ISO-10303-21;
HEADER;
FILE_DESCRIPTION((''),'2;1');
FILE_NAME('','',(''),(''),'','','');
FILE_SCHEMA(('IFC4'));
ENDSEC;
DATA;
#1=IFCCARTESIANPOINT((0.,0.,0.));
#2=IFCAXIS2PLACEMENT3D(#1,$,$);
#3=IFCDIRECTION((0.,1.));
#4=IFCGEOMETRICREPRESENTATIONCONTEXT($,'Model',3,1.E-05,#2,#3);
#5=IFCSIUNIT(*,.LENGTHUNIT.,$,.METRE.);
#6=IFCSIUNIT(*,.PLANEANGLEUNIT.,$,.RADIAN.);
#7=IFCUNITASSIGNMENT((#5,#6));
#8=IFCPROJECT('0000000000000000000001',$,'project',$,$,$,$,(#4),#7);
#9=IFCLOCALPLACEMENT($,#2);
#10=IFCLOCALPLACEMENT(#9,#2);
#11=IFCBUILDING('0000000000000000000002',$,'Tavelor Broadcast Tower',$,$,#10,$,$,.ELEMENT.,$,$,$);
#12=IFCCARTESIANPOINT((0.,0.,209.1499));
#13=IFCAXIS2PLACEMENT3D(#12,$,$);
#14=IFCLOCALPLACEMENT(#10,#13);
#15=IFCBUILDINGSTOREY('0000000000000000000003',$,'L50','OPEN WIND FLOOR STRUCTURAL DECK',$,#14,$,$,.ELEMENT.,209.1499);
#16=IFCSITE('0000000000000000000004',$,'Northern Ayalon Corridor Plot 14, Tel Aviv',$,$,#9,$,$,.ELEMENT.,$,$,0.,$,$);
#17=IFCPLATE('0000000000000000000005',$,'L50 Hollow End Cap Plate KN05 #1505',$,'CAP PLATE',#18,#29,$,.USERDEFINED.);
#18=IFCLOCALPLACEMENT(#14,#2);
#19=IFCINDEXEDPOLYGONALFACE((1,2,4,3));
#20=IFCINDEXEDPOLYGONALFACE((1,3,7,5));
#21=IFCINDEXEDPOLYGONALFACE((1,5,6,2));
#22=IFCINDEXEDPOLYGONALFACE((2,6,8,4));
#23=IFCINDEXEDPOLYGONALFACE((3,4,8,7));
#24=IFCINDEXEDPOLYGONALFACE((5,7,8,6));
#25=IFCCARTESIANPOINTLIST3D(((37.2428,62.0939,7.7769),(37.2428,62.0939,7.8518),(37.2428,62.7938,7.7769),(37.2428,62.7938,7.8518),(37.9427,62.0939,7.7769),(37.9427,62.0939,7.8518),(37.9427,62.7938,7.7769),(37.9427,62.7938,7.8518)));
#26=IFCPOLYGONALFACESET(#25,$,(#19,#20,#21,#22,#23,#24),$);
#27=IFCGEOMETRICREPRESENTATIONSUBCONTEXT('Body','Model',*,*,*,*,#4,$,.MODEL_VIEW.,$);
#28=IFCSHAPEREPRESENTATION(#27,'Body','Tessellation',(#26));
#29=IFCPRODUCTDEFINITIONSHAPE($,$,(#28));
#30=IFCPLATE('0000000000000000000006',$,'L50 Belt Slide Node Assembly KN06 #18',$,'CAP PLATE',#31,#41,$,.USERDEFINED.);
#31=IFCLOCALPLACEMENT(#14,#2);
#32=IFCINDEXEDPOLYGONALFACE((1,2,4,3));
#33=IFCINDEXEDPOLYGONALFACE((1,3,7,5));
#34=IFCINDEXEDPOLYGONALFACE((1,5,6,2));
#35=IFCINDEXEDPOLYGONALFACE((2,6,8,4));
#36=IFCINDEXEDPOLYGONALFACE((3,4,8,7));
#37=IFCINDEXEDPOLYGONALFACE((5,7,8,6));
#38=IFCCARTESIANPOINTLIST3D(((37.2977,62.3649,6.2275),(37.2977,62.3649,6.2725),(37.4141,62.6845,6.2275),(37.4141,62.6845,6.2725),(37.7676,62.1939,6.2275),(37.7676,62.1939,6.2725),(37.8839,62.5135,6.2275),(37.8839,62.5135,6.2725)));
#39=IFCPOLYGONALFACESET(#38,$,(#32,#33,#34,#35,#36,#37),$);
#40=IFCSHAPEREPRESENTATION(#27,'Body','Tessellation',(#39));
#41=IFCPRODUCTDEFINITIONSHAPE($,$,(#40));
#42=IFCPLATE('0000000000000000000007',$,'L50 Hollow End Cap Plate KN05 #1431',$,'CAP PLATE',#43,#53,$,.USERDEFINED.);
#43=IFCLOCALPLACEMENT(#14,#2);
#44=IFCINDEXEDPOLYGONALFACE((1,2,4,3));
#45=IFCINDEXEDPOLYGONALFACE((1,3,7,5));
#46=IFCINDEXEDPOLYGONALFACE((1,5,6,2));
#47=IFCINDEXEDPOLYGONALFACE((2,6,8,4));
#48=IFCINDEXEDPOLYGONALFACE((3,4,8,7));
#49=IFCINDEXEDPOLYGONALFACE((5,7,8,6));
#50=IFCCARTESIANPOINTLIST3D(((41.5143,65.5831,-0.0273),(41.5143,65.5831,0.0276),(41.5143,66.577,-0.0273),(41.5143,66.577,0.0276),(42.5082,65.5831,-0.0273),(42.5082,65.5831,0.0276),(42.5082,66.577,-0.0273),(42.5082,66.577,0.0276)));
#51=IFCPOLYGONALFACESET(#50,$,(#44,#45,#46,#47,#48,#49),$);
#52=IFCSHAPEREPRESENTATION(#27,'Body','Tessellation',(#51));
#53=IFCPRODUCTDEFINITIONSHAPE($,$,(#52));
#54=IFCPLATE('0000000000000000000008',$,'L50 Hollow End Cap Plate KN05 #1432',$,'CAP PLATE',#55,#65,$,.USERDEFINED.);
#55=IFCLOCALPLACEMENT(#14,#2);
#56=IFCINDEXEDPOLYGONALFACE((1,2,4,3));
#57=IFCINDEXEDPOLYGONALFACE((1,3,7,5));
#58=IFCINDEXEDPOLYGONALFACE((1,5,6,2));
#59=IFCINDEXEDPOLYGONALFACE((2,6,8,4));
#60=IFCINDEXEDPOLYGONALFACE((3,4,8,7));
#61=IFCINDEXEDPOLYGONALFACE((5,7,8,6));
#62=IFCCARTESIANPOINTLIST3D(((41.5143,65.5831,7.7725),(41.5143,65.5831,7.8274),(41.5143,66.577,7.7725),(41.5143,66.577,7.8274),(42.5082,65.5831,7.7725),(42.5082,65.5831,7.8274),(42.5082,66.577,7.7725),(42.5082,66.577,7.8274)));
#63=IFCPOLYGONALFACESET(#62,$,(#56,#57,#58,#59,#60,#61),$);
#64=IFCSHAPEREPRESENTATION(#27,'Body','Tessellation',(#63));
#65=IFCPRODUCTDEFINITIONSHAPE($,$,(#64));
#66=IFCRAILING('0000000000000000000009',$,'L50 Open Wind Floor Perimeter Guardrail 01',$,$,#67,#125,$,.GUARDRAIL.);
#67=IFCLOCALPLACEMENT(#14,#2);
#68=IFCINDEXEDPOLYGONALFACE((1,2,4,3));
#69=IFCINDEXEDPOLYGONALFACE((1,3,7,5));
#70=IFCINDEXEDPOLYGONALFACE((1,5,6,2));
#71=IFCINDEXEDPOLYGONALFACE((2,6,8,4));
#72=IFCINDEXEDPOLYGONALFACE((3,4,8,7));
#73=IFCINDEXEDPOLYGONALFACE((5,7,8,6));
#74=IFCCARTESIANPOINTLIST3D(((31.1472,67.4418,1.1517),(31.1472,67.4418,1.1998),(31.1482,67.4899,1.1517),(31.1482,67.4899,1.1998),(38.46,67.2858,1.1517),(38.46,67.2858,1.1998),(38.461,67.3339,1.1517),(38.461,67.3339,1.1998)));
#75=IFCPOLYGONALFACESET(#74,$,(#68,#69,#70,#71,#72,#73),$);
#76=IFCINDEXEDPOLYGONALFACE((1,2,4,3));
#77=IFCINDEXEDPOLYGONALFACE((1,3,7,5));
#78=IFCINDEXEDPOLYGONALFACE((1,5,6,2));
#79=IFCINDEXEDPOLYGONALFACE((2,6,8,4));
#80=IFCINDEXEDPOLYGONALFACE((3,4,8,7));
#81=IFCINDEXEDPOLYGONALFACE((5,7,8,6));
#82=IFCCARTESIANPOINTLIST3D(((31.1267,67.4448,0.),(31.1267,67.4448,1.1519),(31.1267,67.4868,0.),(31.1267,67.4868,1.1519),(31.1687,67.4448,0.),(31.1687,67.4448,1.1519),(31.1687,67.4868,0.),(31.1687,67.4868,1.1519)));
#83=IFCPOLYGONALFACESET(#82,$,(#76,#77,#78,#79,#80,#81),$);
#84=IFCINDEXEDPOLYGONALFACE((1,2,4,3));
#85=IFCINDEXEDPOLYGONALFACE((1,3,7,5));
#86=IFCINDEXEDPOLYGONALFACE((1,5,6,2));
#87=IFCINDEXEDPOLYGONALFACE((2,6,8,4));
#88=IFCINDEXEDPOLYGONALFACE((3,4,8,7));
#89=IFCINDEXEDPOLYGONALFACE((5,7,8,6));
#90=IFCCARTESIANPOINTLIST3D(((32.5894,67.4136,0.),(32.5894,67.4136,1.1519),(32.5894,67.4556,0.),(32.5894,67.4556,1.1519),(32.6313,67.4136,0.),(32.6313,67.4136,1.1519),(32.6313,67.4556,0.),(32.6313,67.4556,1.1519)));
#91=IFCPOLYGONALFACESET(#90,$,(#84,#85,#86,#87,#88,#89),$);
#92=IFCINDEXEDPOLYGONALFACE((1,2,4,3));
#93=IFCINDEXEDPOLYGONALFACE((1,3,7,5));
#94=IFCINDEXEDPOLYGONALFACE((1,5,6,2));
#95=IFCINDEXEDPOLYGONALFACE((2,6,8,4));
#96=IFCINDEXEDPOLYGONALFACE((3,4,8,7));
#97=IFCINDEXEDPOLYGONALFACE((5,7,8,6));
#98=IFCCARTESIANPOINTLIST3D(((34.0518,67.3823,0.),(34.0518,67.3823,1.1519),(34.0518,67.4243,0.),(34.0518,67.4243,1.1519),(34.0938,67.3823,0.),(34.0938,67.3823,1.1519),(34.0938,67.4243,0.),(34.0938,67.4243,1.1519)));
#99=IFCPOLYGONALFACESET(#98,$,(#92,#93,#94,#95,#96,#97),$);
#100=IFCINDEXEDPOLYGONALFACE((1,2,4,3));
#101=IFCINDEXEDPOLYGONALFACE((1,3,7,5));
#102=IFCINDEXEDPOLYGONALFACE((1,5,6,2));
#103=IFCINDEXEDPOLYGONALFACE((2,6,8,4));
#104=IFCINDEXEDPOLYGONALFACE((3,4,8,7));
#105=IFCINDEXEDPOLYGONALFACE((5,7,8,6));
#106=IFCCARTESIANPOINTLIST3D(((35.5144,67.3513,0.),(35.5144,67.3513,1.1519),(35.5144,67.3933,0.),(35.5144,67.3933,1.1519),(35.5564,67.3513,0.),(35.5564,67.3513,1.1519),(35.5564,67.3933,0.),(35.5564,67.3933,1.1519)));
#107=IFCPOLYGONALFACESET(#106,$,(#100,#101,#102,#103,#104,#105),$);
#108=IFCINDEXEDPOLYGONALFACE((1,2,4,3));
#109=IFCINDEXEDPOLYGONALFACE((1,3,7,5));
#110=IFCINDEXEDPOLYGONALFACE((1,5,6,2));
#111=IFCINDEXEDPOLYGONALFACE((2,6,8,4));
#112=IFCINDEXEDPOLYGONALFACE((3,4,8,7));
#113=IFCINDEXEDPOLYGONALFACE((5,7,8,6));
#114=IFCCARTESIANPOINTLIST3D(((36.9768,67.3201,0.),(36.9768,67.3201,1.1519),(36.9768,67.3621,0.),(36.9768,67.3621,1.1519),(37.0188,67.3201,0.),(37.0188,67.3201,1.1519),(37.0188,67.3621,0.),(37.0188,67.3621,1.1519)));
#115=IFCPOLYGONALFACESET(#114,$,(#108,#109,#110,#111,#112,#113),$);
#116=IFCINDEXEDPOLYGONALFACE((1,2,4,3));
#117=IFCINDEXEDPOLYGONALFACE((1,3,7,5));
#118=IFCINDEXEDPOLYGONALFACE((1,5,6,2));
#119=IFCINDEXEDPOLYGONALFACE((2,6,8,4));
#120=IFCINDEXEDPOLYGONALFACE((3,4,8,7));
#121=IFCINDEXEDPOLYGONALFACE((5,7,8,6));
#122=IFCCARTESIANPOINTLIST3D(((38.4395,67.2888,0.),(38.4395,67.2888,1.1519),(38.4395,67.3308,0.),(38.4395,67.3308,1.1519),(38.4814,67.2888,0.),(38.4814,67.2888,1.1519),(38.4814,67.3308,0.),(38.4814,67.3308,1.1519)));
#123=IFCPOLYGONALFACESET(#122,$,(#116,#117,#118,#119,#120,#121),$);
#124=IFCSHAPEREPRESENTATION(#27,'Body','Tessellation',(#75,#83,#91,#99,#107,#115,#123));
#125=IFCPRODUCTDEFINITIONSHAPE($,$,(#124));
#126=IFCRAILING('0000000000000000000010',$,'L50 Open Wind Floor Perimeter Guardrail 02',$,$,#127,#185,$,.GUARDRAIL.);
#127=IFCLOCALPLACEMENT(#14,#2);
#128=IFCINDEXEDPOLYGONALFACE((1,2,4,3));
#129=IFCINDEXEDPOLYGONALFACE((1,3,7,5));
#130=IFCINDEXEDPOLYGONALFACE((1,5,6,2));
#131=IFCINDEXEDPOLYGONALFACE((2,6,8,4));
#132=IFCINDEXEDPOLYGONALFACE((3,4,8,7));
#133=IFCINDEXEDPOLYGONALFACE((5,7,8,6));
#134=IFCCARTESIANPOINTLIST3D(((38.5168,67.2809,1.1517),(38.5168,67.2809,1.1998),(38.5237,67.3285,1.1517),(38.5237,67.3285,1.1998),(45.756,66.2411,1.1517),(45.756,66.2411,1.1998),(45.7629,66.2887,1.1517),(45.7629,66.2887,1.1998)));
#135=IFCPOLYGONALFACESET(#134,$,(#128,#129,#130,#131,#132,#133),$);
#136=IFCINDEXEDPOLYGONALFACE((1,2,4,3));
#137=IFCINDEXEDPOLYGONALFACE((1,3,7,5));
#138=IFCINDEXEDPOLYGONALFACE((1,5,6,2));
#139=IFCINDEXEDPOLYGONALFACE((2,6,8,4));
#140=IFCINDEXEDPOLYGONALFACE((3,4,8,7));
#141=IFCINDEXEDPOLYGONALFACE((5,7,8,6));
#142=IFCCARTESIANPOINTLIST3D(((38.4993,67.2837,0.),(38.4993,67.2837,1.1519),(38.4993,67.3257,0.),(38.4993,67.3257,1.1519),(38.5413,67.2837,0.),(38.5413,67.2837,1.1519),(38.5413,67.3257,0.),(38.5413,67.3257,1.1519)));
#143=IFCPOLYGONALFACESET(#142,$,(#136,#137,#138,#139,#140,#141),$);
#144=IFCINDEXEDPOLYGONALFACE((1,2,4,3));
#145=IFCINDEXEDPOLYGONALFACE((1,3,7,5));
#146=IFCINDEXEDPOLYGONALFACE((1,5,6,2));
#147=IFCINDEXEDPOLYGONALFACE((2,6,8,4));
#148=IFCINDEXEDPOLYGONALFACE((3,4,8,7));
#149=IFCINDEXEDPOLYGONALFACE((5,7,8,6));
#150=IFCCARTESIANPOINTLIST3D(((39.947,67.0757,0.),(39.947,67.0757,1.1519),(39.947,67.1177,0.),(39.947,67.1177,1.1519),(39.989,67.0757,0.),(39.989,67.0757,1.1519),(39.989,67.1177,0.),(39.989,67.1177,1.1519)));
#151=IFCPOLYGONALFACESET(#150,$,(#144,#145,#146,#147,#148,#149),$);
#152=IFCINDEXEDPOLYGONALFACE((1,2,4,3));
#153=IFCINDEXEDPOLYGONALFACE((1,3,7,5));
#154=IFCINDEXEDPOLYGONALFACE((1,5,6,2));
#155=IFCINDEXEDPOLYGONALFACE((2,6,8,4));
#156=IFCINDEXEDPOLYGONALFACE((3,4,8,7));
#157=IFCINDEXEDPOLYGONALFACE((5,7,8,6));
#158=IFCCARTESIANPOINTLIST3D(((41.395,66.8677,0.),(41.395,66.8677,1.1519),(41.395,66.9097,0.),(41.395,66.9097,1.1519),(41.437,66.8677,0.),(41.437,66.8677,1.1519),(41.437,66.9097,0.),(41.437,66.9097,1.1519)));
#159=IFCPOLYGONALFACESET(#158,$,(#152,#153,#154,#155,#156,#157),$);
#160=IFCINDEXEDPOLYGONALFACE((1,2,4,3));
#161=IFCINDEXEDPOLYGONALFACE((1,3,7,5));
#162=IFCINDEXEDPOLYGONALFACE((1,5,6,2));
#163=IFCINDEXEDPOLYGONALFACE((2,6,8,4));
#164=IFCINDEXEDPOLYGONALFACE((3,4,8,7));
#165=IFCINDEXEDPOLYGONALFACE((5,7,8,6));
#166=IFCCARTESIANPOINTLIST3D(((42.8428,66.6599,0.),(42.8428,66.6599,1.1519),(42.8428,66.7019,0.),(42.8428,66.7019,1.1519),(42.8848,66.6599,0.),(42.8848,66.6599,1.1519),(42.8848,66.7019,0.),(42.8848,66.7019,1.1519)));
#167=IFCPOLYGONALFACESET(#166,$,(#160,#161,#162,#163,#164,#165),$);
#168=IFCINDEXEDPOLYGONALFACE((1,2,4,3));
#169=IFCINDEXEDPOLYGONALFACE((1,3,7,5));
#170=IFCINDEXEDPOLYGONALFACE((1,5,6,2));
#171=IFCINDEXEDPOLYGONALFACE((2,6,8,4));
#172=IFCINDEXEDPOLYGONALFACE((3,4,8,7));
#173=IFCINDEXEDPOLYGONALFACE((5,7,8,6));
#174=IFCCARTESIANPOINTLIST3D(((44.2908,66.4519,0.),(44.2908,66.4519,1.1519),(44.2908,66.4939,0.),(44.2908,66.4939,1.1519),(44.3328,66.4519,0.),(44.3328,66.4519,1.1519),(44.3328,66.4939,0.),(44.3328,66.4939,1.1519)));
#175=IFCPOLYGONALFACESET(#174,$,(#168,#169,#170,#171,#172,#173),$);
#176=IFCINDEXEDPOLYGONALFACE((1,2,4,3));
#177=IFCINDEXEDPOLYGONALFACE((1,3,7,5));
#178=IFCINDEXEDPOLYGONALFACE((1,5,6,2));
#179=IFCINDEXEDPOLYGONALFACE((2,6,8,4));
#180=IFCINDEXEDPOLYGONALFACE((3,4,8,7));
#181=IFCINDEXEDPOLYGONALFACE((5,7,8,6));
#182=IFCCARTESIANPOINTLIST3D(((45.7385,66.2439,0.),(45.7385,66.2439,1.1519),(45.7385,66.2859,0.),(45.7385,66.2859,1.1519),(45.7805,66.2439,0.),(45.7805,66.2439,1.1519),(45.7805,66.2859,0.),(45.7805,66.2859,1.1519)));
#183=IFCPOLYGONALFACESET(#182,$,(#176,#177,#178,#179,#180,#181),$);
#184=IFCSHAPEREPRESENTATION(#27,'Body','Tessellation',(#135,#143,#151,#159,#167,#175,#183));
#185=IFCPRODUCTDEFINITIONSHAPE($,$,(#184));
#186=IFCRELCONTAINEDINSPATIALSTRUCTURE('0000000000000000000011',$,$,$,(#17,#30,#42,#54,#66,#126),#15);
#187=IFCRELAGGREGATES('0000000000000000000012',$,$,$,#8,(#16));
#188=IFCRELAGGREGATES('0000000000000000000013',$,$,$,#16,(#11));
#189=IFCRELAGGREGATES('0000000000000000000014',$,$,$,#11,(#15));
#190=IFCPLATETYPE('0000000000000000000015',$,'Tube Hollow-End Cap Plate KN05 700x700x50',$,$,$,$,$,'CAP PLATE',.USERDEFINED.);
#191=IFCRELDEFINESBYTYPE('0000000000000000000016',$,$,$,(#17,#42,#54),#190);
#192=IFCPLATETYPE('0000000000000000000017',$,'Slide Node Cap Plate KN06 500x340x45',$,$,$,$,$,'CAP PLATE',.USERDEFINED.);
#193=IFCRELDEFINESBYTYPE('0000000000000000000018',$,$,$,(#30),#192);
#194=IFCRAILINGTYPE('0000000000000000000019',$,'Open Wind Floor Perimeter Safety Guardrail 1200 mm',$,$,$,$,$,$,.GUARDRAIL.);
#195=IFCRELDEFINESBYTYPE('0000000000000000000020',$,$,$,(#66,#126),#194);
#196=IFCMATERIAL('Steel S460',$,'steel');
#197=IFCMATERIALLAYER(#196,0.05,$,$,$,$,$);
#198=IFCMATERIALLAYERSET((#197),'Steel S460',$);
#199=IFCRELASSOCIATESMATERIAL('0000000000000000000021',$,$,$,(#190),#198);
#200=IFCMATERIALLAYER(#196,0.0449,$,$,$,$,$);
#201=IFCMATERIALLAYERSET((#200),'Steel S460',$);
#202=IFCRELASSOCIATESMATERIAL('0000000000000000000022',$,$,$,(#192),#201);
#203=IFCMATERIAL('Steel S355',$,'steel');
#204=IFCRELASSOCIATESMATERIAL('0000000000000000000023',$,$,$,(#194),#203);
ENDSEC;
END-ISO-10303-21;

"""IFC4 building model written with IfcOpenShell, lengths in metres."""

from ifc_helpers import new_model, si_unit, direction, frame, origin, origin_2d, place, context, subcontext, project, spatial, rectangle, extrude, source, transform, mapped, material, layer, layer_set, type_object, type_shapes, element, save


model = new_model("IFC4")

# Units and contexts
model_context = context("Model", 3, precision=1e-05, world=origin(), true_north=direction((0.0, 1.0)))
body_context = subcontext(model_context, "Body", "Model", "MODEL_VIEW")
ifc_project = project(units=[si_unit("LENGTHUNIT", "METRE"), si_unit("PLANEANGLEUNIT", "RADIAN")], contexts=[model_context])

# Site, building, storey
site_placement = place(None, origin())
site = spatial("IfcSite", under=ifc_project, at=site_placement, Name="Northern Ayalon Corridor Plot 14, Tel Aviv", CompositionType="ELEMENT", RefElevation=0.0)
building_placement = place(site_placement, origin())
building = spatial("IfcBuilding", under=site, at=building_placement, Name="Tavelor Broadcast Tower", CompositionType="ELEMENT")
storey_placement = place(building_placement, frame((0.0, 0.0, 209.1499)))
storey = spatial("IfcBuildingStorey", under=building, at=storey_placement, Name="L50", Description="OPEN WIND FLOOR STRUCTURAL DECK", CompositionType="ELEMENT", Elevation=209.1499)

# Shared definitions
ifc_material_1 = material(Name="Steel S460", Category="steel")

# Plates
ifc_layer_1 = layer(ifc_material_1, 0.05)
ifc_layer_set_1 = layer_set([ifc_layer_1], Name="Steel S460")
plate_type_1 = type_object("IfcPlateType", Name="Tube Hollow-End Cap Plate KN05 700x700x50", ElementType="CAP PLATE", PredefinedType="USERDEFINED", material=ifc_layer_set_1)
shared_shape_1 = source(origin(), body_context, "Body", "SweptSolid", [
    extrude(rectangle(XDim=0.7, YDim=0.7, at=origin_2d()), origin(), (0.0, 0.0, 1.0), 0.075),
])
for number, where, z_axis, x_axis, name in (
    (1, (37.5928, 62.4438, 7.7769), (0.0, 0.0, 1.0), (1.0, 0.0, 0.0), "L50 Hollow End Cap Plate KN05 #1505"),
):
    element("IfcPlate", number, at=place(storey_placement, frame(where, z_axis=z_axis, x_axis=x_axis)), inside=storey, type_object=plate_type_1, Name=name, ObjectType="CAP PLATE", PredefinedType="USERDEFINED", context=body_context, shape_type="MappedRepresentation", body=[
        mapped(shared_shape_1, transform((0.0, 0.0, 0.0), scale=1.0)),
    ])
ifc_layer_2 = layer(ifc_material_1, 0.0449)
ifc_layer_set_2 = layer_set([ifc_layer_2], Name="Steel S460")
plate_type_2 = type_object("IfcPlateType", Name="Slide Node Cap Plate KN06 500x340x45", ElementType="CAP PLATE", PredefinedType="USERDEFINED", material=ifc_layer_set_2)
shared_shape_2 = source(origin(), body_context, "Body", "SweptSolid", [
    extrude(rectangle(XDim=0.5, YDim=0.3401, at=origin_2d()), origin(), (0.0, 0.0, 1.0), 0.0449),
])
type_shapes(plate_type_2, [shared_shape_2])
plate_placement = place(storey_placement, frame((37.5908, 62.4392, 6.2275), z_axis=(0.0, 0.0, 1.0), x_axis=(0.939693, -0.34202, 0.0)))
element("IfcPlate", 2, at=plate_placement, inside=storey, type_object=plate_type_2, Name="L50 Belt Slide Node Assembly KN06 #18", ObjectType="CAP PLATE", PredefinedType="USERDEFINED", context=body_context, shape_type="MappedRepresentation", body=[
    mapped(shared_shape_2, transform((0.0, 0.0, 0.0), scale=1.0)),
])
shared_shape_3 = source(origin(), body_context, "Body", "SweptSolid", [
    extrude(rectangle(XDim=0.9939, YDim=0.9939, at=origin_2d()), origin(), (0.0, 0.0, 1.0), 0.0549),
])
for number, where, z_axis, x_axis, name in (
    (3, (42.0112, 66.0801, -0.0273), (0.0, 0.0, 1.0), (1.0, 0.0, 0.0), "L50 Hollow End Cap Plate KN05 #1431"),
    (4, (42.0112, 66.0801, 7.7725), (0.0, 0.0, 1.0), (1.0, 0.0, 0.0), "L50 Hollow End Cap Plate KN05 #1432"),
):
    element("IfcPlate", number, at=place(storey_placement, frame(where, z_axis=z_axis, x_axis=x_axis)), inside=storey, type_object=plate_type_1, Name=name, ObjectType="CAP PLATE", PredefinedType="USERDEFINED", context=body_context, shape_type="MappedRepresentation", body=[
        mapped(shared_shape_3, transform((0.0, 0.0, 0.0), scale=1.0)),
    ])

# Railings
ifc_material_2 = material(Name="Steel S355", Category="steel")
railing_type = type_object("IfcRailingType", Name="Open Wind Floor Perimeter Safety Guardrail 1200 mm", PredefinedType="GUARDRAIL", material=ifc_material_2)
railing_1_placement = place(storey_placement, frame((31.1477, 67.4658, 0.0)))
element("IfcRailing", 5, at=railing_1_placement, inside=storey, type_object=railing_type, Name="L50 Open Wind Floor Perimeter Guardrail 01", PredefinedType="GUARDRAIL", context=body_context, shape_type="SweptSolid", body=[
    extrude(rectangle(XDim=0.0481, YDim=0.0481, at=origin_2d()), frame((0.0, 0.0, 1.1758), z_axis=(0.999773, -0.021329, 0.0), x_axis=(0.021329, 0.999773, 0.0)), (0.0, 0.0, 1.0), 7.3145),
    extrude(rectangle(XDim=0.042, YDim=0.042, at=origin_2d()), origin(), (0.0, 0.0, 1.0), 1.1519),
    extrude(rectangle(XDim=0.042, YDim=0.042, at=origin_2d()), frame((1.4626, -0.0312, 0.0)), (0.0, 0.0, 1.0), 1.1519),
    extrude(rectangle(XDim=0.042, YDim=0.042, at=origin_2d()), frame((2.925, -0.0625, 0.0)), (0.0, 0.0, 1.0), 1.1519),
    extrude(rectangle(XDim=0.042, YDim=0.042, at=origin_2d()), frame((4.3877, -0.0935, 0.0)), (0.0, 0.0, 1.0), 1.1519),
    extrude(rectangle(XDim=0.042, YDim=0.042, at=origin_2d()), frame((5.8501, -0.1248, 0.0)), (0.0, 0.0, 1.0), 1.1519),
    extrude(rectangle(XDim=0.042, YDim=0.042, at=origin_2d()), frame((7.3127, -0.156, 0.0)), (0.0, 0.0, 1.0), 1.1519),
])
railing_2_placement = place(storey_placement, frame((38.5203, 67.3047, 0.0)))
element("IfcRailing", 6, at=railing_2_placement, inside=storey, type_object=railing_type, Name="L50 Open Wind Floor Perimeter Guardrail 02", PredefinedType="GUARDRAIL", context=body_context, shape_type="SweptSolid", body=[
    extrude(rectangle(XDim=0.0481, YDim=0.0481, at=origin_2d()), frame((0.0, 0.0, 1.1758), z_axis=(0.989842, -0.142174, 0.0), x_axis=(0.142174, 0.989842, 0.0)), (0.0, 0.0, 1.0), 7.3135),
    extrude(rectangle(XDim=0.042, YDim=0.042, at=origin_2d()), origin(), (0.0, 0.0, 1.0), 1.1519),
    extrude(rectangle(XDim=0.042, YDim=0.042, at=origin_2d()), frame((1.4478, -0.208, 0.0)), (0.0, 0.0, 1.0), 1.1519),
    extrude(rectangle(XDim=0.042, YDim=0.042, at=origin_2d()), frame((2.8958, -0.416, 0.0)), (0.0, 0.0, 1.0), 1.1519),
    extrude(rectangle(XDim=0.042, YDim=0.042, at=origin_2d()), frame((4.3435, -0.6238, 0.0)), (0.0, 0.0, 1.0), 1.1519),
    extrude(rectangle(XDim=0.042, YDim=0.042, at=origin_2d()), frame((5.7915, -0.8318, 0.0)), (0.0, 0.0, 1.0), 1.1519),
    extrude(rectangle(XDim=0.042, YDim=0.042, at=origin_2d()), frame((7.2393, -1.0398, 0.0)), (0.0, 0.0, 1.0), 1.1519),
])

save(model, "model.ifc")
